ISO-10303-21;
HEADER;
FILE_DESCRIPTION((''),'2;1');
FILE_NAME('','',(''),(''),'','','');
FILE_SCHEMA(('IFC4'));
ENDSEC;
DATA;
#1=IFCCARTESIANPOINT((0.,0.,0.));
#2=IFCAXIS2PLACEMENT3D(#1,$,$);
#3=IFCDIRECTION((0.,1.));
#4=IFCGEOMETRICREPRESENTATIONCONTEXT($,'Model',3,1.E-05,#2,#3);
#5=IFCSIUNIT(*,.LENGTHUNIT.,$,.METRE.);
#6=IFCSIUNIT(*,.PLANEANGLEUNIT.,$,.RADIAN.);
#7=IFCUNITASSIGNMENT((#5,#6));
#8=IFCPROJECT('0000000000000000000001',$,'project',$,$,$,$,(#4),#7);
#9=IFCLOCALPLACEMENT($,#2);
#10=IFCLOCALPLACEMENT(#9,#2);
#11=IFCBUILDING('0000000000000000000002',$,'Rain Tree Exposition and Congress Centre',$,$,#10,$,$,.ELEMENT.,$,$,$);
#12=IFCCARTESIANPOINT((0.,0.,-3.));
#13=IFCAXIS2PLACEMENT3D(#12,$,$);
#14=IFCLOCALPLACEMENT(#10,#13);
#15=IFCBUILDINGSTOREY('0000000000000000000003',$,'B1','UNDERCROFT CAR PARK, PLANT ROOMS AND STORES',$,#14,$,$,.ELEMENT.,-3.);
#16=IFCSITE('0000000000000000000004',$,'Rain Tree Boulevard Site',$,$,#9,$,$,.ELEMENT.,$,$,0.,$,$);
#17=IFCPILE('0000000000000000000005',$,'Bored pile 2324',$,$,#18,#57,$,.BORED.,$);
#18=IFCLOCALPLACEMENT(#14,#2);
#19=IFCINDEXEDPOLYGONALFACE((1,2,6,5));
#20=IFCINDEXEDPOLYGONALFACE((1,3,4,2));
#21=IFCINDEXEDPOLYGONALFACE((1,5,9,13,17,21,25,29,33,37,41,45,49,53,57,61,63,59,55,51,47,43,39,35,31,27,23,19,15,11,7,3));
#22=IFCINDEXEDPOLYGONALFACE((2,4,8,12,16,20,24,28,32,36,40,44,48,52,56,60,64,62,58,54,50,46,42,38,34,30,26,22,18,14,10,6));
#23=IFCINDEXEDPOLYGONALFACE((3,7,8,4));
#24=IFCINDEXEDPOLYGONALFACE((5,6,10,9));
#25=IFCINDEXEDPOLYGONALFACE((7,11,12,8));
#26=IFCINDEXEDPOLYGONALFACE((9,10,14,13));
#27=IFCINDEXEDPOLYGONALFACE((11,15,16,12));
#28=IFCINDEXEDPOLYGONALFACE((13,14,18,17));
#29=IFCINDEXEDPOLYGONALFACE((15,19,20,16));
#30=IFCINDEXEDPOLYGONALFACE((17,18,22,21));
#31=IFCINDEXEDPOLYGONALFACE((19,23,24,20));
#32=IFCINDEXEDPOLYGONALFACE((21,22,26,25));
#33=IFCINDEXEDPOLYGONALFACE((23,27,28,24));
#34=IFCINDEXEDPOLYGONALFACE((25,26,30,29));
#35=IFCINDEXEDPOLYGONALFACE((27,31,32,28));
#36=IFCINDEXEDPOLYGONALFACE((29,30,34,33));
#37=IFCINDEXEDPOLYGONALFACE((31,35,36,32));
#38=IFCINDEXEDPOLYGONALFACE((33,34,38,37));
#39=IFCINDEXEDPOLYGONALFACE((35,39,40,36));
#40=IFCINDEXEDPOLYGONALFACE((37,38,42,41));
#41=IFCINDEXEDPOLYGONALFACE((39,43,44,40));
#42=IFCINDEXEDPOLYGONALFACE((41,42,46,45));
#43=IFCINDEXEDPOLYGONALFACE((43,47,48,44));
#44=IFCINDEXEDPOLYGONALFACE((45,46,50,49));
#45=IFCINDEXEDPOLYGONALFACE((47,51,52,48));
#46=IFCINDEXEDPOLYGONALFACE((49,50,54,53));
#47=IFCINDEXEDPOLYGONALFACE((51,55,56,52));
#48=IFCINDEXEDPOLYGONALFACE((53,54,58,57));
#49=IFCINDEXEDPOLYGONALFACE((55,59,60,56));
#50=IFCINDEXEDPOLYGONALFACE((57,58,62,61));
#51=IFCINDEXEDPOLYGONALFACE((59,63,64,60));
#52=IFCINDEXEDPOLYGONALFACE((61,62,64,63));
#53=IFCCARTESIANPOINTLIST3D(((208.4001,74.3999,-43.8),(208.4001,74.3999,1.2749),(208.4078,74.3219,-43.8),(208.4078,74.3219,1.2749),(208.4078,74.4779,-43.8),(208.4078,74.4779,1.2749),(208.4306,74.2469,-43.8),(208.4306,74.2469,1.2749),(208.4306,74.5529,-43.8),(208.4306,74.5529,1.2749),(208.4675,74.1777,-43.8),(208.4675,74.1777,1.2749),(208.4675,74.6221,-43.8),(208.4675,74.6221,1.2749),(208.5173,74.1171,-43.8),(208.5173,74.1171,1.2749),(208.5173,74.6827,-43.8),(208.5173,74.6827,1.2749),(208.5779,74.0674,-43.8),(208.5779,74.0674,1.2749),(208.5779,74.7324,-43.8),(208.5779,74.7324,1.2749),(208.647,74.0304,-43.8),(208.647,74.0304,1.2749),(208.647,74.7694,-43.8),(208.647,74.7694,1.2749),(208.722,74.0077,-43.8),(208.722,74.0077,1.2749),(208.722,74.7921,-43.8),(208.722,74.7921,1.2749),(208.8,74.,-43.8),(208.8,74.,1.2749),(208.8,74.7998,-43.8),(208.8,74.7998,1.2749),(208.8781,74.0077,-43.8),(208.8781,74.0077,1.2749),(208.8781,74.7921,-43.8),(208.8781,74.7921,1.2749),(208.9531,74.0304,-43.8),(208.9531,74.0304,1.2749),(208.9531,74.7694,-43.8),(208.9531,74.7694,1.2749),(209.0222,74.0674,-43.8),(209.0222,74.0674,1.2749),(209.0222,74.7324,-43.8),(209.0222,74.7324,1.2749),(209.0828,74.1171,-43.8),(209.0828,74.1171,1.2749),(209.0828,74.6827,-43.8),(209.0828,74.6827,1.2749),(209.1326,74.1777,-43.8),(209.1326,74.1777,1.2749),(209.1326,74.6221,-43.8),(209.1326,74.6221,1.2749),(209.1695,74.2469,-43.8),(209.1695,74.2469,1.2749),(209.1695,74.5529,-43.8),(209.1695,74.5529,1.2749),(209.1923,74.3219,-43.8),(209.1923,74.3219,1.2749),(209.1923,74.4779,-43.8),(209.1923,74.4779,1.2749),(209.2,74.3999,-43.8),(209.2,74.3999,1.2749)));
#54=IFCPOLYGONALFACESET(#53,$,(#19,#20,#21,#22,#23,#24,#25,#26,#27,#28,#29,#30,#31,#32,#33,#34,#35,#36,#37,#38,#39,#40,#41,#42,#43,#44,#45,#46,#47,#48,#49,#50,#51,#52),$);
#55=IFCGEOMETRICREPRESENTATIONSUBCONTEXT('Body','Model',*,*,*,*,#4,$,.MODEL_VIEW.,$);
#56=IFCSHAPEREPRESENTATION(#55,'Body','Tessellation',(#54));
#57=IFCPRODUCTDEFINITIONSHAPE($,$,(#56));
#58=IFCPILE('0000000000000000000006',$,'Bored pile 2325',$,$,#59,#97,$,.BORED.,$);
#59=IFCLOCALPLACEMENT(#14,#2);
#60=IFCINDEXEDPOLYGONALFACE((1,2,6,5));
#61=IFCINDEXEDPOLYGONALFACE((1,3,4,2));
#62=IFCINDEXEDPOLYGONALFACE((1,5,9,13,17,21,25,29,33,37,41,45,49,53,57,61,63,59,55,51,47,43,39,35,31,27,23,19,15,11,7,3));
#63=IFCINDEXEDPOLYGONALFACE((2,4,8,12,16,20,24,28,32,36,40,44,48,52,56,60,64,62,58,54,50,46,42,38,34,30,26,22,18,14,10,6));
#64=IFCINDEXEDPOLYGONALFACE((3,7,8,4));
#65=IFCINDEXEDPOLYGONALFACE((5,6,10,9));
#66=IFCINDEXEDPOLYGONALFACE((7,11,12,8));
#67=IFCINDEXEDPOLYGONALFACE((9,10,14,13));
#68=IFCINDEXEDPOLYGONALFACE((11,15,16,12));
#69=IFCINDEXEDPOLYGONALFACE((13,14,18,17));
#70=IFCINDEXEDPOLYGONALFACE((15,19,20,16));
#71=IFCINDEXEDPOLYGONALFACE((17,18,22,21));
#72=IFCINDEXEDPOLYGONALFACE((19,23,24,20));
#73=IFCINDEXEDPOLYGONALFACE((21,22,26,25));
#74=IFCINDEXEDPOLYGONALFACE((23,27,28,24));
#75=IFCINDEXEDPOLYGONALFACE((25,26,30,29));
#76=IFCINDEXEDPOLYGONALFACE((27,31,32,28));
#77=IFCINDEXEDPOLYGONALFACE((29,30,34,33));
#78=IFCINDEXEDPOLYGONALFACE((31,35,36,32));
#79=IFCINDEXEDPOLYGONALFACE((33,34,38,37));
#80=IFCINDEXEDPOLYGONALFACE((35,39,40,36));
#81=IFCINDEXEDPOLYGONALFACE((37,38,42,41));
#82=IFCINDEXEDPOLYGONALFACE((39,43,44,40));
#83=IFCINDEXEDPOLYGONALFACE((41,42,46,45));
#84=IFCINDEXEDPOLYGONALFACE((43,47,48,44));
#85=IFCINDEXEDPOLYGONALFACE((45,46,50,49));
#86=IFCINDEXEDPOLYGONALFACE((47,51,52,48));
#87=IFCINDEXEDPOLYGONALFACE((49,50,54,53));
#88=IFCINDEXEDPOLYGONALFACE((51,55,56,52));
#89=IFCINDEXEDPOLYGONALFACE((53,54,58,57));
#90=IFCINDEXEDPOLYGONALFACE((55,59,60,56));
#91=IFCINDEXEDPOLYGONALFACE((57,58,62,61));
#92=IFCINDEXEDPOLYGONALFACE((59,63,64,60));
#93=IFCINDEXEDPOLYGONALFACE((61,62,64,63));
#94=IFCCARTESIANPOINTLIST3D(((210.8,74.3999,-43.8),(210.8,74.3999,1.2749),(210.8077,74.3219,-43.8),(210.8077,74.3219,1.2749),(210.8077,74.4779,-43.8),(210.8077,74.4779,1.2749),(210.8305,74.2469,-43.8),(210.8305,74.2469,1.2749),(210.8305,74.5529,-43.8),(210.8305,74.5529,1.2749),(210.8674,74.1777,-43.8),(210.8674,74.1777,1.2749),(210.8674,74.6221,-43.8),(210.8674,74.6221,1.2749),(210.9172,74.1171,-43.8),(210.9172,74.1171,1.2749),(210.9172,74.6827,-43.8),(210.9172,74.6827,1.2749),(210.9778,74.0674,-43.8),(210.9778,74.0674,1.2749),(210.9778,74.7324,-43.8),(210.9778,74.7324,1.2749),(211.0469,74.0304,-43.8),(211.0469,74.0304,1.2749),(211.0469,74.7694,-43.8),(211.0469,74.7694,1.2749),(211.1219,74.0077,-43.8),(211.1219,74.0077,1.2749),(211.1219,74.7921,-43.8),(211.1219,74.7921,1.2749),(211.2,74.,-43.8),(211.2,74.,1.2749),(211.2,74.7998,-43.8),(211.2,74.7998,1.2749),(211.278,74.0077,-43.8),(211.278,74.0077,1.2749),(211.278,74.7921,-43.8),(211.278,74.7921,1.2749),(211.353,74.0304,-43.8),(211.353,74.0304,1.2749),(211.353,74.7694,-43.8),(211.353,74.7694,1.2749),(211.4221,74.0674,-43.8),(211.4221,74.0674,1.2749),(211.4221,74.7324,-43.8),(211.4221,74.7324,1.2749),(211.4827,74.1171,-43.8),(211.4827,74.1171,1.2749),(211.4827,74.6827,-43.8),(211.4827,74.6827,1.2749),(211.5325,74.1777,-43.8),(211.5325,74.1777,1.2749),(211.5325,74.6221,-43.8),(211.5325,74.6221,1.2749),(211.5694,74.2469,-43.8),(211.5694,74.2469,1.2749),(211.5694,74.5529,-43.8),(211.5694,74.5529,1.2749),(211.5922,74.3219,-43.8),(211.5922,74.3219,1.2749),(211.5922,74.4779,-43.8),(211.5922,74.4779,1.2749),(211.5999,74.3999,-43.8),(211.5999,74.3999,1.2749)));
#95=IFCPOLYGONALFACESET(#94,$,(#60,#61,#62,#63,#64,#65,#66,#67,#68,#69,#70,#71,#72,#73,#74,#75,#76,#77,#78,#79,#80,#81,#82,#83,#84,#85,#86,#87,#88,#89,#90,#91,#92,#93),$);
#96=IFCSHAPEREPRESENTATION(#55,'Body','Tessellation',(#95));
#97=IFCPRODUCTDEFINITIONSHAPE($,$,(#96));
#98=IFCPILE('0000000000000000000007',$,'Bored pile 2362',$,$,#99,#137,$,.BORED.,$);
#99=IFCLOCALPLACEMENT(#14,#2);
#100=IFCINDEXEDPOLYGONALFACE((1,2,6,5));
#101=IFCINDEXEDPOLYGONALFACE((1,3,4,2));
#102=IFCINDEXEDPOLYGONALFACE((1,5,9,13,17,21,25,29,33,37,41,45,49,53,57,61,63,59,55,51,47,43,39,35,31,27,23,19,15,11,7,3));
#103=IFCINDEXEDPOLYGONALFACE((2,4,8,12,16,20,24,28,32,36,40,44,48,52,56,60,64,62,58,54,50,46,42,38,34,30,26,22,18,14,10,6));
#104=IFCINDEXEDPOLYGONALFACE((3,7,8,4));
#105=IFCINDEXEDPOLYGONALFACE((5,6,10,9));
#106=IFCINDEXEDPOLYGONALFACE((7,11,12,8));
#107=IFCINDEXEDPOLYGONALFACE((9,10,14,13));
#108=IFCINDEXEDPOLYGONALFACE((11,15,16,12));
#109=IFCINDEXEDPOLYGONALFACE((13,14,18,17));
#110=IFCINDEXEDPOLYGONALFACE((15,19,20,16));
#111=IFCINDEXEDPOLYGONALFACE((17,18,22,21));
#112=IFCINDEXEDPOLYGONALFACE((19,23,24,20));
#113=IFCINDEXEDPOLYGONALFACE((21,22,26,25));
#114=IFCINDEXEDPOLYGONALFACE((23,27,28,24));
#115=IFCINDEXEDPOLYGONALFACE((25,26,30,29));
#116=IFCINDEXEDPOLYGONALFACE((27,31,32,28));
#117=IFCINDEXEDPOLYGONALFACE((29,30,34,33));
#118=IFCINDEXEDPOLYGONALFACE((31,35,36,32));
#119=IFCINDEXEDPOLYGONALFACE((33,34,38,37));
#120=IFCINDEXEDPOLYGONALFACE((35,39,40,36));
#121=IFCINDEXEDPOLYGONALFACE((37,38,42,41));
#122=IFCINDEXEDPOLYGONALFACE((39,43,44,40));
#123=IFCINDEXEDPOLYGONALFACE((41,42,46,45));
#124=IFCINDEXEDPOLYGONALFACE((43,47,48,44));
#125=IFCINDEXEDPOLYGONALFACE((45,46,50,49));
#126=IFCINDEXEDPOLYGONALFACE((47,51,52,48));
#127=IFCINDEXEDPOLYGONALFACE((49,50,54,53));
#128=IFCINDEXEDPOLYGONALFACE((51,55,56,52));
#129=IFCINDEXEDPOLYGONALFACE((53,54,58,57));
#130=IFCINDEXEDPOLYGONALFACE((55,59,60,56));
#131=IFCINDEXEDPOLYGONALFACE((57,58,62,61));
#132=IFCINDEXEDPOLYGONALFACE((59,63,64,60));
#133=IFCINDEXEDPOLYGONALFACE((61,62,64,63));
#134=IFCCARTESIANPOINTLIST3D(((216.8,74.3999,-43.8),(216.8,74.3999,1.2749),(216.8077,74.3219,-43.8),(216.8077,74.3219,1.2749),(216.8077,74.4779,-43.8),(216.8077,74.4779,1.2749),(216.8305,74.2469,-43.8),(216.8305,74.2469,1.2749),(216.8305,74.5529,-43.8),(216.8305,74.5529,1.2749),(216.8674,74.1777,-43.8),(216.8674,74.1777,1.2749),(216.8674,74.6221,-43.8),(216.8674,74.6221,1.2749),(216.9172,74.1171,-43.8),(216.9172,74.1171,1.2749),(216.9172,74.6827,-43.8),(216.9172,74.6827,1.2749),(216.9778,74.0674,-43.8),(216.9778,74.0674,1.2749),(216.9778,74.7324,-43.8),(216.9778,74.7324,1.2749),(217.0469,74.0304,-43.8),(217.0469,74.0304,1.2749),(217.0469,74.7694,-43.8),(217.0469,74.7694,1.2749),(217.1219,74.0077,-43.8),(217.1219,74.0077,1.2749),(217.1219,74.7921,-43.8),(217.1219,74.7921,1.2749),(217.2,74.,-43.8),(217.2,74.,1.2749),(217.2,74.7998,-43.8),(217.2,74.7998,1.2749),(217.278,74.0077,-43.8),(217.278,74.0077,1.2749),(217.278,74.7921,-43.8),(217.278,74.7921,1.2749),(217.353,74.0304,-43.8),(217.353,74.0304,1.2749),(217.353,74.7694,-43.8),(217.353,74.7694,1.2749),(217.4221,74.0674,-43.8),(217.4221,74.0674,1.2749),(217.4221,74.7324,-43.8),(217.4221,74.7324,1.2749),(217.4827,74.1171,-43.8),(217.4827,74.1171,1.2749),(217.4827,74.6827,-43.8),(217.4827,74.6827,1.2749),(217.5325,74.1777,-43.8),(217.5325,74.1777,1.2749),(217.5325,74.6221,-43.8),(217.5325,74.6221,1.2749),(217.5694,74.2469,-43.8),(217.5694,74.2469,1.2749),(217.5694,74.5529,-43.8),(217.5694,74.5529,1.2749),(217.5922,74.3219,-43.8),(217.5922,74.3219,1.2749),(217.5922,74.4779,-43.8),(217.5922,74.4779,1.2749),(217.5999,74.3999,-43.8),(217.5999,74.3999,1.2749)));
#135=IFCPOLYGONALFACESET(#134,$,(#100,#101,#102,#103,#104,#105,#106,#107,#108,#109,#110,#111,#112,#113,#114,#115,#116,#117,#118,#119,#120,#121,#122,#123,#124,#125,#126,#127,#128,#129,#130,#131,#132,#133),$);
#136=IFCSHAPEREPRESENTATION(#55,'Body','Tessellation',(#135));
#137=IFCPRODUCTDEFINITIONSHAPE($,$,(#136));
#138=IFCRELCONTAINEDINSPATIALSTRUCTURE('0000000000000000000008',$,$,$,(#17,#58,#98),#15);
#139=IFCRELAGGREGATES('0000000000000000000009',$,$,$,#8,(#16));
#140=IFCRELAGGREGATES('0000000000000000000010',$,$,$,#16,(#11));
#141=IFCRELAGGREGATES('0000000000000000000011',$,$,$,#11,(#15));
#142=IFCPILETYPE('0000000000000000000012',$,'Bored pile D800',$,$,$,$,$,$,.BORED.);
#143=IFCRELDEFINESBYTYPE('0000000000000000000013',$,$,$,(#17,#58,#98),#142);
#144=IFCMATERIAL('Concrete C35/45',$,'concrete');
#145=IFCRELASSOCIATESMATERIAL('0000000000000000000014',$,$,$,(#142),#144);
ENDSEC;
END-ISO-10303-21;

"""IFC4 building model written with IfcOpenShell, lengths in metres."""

from ifc_helpers import new_model, si_unit, direction, frame, origin, origin_2d, place, context, subcontext, project, spatial, circle, extrude, material, material_profile, profile_set, type_object, element, save


model = new_model("IFC4")

# Units and contexts
model_context = context("Model", 3, precision=1e-05, world=origin(), true_north=direction((0.0, 1.0)))
body_context = subcontext(model_context, "Body", "Model", "MODEL_VIEW")
ifc_project = project(units=[si_unit("LENGTHUNIT", "METRE"), si_unit("PLANEANGLEUNIT", "RADIAN")], contexts=[model_context])

# Site, building, storey
site_placement = place(None, origin())
site = spatial("IfcSite", under=ifc_project, at=site_placement, Name="Rain Tree Boulevard Site", CompositionType="ELEMENT", RefElevation=0.0)
building_placement = place(site_placement, origin())
building = spatial("IfcBuilding", under=site, at=building_placement, Name="Rain Tree Exposition and Congress Centre", CompositionType="ELEMENT")
storey_placement = place(building_placement, frame((0.0, 0.0, -3.0)))
storey = spatial("IfcBuildingStorey", under=building, at=storey_placement, Name="B1", Description="UNDERCROFT CAR PARK, PLANT ROOMS AND STORES", CompositionType="ELEMENT", Elevation=-3.0)

# Piles
ifc_material_1 = material(Name="Concrete C35/45", Category="concrete")
ifc_material_profile_1 = material_profile(ifc_material_1, circle(Radius=0.3999, at=origin_2d()), Name="D800")
ifc_profile_set_1 = profile_set([ifc_material_profile_1], Name="Concrete C35/45")
pile_type_1 = type_object("IfcPileType", Name="Bored pile D800", PredefinedType="BORED", material=ifc_profile_set_1)
for number, where, z_axis, x_axis, name in (
    (1, (208.8, 74.3999, 1.2749), (0.0, 0.0, -1.0), (1.0, 0.0, 0.0), "Bored pile 2324"),
    (2, (211.2, 74.3999, 1.2749), (0.0, 0.0, -1.0), (1.0, 0.0, 0.0), "Bored pile 2325"),
    (3, (217.2, 74.3999, 1.2749), (0.0, 0.0, -1.0), (1.0, 0.0, 0.0), "Bored pile 2362"),
):
    element("IfcPile", number, at=place(storey_placement, frame(where, z_axis=z_axis, x_axis=x_axis)), inside=storey, type_object=pile_type_1, Name=name, PredefinedType="BORED", context=body_context, shape_type="SweptSolid", body=[
        extrude(circle(Radius=0.3999, at=origin_2d()), origin(), (0.0, 0.0, 1.0), 45.075),
    ])

save(model, "model.ifc")
